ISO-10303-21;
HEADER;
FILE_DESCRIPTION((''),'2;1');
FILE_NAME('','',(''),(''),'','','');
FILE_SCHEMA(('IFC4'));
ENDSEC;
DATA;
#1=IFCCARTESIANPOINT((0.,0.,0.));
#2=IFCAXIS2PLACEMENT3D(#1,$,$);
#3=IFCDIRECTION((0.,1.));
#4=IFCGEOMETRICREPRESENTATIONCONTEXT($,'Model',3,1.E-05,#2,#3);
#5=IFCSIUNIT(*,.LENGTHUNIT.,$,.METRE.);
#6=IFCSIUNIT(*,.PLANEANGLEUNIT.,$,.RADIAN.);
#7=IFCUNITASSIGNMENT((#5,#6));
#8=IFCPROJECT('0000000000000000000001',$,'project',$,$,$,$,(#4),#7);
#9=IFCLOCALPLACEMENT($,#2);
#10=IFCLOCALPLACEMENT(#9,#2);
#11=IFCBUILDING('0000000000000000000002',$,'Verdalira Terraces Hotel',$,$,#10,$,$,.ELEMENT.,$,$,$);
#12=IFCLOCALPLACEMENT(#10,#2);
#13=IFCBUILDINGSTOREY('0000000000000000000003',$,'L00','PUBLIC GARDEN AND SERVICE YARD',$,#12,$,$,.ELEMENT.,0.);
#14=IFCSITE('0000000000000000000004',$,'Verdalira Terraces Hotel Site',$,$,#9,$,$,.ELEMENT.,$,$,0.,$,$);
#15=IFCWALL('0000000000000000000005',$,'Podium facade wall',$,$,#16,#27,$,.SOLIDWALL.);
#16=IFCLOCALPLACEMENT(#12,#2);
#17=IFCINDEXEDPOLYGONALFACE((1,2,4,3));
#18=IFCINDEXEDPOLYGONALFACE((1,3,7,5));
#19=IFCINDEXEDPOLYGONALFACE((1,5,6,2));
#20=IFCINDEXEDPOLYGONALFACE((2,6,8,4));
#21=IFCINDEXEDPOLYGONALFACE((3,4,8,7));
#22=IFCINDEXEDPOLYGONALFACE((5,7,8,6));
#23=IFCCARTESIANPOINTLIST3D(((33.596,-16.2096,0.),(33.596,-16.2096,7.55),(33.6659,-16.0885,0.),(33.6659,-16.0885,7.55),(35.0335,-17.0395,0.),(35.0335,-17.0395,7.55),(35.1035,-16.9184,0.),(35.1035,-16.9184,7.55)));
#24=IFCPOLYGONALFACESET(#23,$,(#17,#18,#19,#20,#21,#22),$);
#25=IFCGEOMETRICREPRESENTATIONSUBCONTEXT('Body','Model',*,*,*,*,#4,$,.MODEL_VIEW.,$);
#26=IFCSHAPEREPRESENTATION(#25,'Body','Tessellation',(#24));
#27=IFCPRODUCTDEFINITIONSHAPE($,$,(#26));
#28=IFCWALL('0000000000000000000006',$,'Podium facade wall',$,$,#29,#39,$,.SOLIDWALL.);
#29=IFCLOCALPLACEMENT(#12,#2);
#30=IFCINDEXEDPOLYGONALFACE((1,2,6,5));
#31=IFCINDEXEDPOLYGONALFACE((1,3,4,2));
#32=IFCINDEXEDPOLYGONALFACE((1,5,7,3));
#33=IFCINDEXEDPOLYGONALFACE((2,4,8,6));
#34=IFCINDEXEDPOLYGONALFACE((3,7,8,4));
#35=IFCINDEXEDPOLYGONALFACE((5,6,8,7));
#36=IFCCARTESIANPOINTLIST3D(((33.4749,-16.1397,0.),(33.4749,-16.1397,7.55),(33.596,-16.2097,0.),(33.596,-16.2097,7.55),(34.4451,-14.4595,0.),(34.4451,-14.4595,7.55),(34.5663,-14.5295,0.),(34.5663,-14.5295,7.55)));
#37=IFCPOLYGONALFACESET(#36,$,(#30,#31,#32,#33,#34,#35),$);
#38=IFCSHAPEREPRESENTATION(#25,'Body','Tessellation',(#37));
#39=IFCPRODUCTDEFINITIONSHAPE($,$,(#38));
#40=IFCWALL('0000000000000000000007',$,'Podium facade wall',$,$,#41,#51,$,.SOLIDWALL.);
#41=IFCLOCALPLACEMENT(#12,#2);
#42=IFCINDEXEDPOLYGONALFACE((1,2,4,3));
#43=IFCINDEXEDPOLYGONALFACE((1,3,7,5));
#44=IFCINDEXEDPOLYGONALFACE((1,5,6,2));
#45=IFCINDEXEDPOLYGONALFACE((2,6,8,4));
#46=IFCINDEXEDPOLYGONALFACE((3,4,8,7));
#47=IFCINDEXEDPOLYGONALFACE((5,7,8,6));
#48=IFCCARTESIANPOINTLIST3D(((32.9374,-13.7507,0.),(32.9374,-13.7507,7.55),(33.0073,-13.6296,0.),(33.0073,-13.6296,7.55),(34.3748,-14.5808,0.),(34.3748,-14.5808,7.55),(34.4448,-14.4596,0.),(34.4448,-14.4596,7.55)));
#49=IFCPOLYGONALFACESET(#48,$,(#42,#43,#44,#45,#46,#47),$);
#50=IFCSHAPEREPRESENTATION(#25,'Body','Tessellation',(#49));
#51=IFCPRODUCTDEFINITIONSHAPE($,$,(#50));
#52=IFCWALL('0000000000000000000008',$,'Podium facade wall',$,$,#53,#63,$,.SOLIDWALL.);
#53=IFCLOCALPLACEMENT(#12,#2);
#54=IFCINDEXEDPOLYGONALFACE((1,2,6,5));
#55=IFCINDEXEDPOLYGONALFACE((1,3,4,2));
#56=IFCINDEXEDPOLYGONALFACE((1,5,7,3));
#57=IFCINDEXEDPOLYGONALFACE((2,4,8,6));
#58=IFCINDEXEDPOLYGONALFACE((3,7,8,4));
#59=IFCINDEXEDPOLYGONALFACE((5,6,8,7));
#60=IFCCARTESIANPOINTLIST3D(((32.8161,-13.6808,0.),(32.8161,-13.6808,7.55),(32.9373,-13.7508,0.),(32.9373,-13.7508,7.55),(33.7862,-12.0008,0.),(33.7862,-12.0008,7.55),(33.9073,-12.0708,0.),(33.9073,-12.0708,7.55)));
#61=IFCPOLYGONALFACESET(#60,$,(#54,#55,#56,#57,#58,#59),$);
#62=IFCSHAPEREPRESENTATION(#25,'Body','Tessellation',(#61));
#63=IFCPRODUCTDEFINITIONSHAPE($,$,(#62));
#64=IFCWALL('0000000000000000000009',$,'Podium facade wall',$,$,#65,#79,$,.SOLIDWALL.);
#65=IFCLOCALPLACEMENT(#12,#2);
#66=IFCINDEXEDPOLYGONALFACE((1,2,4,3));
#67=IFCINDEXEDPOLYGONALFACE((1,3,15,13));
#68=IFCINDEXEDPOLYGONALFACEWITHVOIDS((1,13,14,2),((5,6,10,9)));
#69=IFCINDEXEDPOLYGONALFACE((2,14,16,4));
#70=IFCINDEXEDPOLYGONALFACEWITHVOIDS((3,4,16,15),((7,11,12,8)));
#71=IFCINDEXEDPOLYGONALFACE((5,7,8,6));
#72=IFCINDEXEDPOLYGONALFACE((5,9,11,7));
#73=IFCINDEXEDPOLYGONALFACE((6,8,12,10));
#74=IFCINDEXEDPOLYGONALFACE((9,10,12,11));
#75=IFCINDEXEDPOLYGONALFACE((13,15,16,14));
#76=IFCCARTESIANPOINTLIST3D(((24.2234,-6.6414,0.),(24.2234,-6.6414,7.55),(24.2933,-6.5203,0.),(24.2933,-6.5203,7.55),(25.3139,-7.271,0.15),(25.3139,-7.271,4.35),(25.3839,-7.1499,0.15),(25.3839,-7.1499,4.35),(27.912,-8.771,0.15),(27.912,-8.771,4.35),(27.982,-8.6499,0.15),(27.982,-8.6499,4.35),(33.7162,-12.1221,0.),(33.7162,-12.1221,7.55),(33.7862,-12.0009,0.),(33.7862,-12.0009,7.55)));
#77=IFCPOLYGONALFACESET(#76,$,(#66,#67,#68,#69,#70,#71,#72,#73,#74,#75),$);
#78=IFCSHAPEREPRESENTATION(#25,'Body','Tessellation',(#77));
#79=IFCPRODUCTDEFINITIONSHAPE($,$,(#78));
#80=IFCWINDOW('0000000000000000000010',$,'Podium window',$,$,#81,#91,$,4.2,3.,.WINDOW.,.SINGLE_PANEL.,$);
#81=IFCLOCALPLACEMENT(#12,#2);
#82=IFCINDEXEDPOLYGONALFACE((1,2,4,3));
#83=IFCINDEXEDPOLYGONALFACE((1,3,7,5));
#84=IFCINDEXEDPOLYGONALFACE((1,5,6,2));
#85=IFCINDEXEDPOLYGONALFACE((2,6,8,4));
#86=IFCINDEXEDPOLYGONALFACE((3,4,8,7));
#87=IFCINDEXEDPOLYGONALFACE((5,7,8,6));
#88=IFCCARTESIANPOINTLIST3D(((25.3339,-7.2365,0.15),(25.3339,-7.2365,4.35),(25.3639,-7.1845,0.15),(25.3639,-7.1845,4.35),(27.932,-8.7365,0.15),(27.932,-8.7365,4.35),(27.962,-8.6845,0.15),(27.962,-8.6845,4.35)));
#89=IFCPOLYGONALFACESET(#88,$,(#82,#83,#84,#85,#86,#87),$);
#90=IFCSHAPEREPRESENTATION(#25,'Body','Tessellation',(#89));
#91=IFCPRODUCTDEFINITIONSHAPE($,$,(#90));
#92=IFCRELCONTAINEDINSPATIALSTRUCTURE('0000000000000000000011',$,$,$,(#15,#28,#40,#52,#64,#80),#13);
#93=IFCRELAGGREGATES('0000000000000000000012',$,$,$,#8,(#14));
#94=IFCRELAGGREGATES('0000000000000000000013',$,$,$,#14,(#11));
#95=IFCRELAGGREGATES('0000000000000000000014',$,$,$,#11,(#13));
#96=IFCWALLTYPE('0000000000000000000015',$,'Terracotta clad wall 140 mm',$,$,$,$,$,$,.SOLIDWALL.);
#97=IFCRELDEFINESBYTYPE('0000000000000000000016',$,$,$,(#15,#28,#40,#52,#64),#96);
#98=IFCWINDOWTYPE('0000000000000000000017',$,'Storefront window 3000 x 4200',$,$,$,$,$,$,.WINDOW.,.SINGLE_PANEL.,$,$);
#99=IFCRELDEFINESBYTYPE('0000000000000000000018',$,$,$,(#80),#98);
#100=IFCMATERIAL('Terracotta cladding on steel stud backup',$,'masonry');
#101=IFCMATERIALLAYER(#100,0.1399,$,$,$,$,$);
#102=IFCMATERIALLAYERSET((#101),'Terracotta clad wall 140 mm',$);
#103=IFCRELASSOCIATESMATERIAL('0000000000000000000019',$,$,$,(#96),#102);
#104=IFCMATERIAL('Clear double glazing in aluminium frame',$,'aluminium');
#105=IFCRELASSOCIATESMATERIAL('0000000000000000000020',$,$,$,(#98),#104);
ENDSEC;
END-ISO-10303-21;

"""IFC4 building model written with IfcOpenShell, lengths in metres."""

from ifc_helpers import new_model, si_unit, direction, frame, frame_2d, origin, place, context, subcontext, project, spatial, rectangle, extrude, material, layer, layer_set, type_object, element, fill, save


model = new_model("IFC4")

# Units and contexts
model_context = context("Model", 3, precision=1e-05, world=origin(), true_north=direction((0.0, 1.0)))
body_context = subcontext(model_context, "Body", "Model", "MODEL_VIEW")
ifc_project = project(units=[si_unit("LENGTHUNIT", "METRE"), si_unit("PLANEANGLEUNIT", "RADIAN")], contexts=[model_context])

# Site, building, storey
site_placement = place(None, origin())
site = spatial("IfcSite", under=ifc_project, at=site_placement, Name="Verdalira Terraces Hotel Site", CompositionType="ELEMENT", RefElevation=0.0)
building_placement = place(site_placement, origin())
building = spatial("IfcBuilding", under=site, at=building_placement, Name="Verdalira Terraces Hotel", CompositionType="ELEMENT")
storey_placement = place(building_placement, origin())
storey = spatial("IfcBuildingStorey", under=building, at=storey_placement, Name="L00", Description="PUBLIC GARDEN AND SERVICE YARD", CompositionType="ELEMENT", Elevation=0.0)

# Shared definitions
ifc_material_1 = material(Name="Terracotta cladding on steel stud backup", Category="masonry")
ifc_layer_1 = layer(ifc_material_1, 0.1399)
ifc_layer_set_1 = layer_set([ifc_layer_1], Name="Terracotta clad wall 140 mm")
wall_type_1 = type_object("IfcWallType", Name="Terracotta clad wall 140 mm", PredefinedType="SOLIDWALL", material=ifc_layer_set_1)

# Walls
wall_1_placement = place(storey_placement, frame((35.0686, -16.979, 0.0), z_axis=(0.0, 0.0, 1.0), x_axis=(-0.866053, 0.499952, 0.0)))
element("IfcWall", 1, at=wall_1_placement, inside=storey, type_object=wall_type_1, Name="Podium facade wall", PredefinedType="SOLIDWALL", context=body_context, shape_type="SweptSolid", body=[
    extrude(rectangle(XDim=1.6599, YDim=0.1399, at=frame_2d((0.8301, 0.0))), origin(), (0.0, 0.0, 1.0), 7.55),
])
wall_2_placement = place(storey_placement, frame((33.5354, -16.1748, 0.0), z_axis=(0.0, 0.0, 1.0), x_axis=(0.500064, 0.865989, 0.0)))
element("IfcWall", 2, at=wall_2_placement, inside=storey, type_object=wall_type_1, Name="Podium facade wall", PredefinedType="SOLIDWALL", context=body_context, shape_type="SweptSolid", body=[
    extrude(rectangle(XDim=1.9402, YDim=0.1399, at=frame_2d((0.9702, 0.0))), origin(), (0.0, 0.0, 1.0), 7.55),
])
wall_3_placement = place(storey_placement, frame((34.4099, -14.5203, 0.0), z_axis=(0.0, 0.0, 1.0), x_axis=(-0.86599, 0.500062, 0.0)))
element("IfcWall", 3, at=wall_3_placement, inside=storey, type_object=wall_type_1, Name="Podium facade wall", PredefinedType="SOLIDWALL", context=body_context, shape_type="SweptSolid", body=[
    extrude(rectangle(XDim=1.6599, YDim=0.1399, at=frame_2d((0.8301, 0.0))), origin(), (0.0, 0.0, 1.0), 7.55),
])
wall_4_placement = place(storey_placement, frame((32.8767, -13.7158, 0.0), z_axis=(0.0, 0.0, 1.0), x_axis=(0.500024, 0.866012, 0.0)))
element("IfcWall", 4, at=wall_4_placement, inside=storey, type_object=wall_type_1, Name="Podium facade wall", PredefinedType="SOLIDWALL", context=body_context, shape_type="SweptSolid", body=[
    extrude(rectangle(XDim=1.9399, YDim=0.1399, at=frame_2d((0.97, 0.0))), origin(), (0.0, 0.0, 1.0), 7.55),
])

# Wall, opening, window
wall_5_placement = place(storey_placement, frame((33.7512, -12.0615, 0.0), z_axis=(0.0, 0.0, 1.0), x_axis=(-0.866026, 0.499998, 0.0)))
wall_5 = element("IfcWall", 5, at=wall_5_placement, inside=storey, type_object=wall_type_1, Name="Podium facade wall", PredefinedType="SOLIDWALL", context=body_context, shape_type="SweptSolid", body=[
    extrude(rectangle(XDim=10.9614, YDim=0.1399, at=frame_2d((5.4807, 0.0))), origin(), (0.0, 0.0, 1.0), 7.55),
])
opening_1_placement = place(wall_5_placement, frame((6.7021, 0.0, 0.1499)))
opening_1 = element("IfcOpeningElement", 6, at=opening_1_placement, cuts=wall_5, PredefinedType="OPENING", context=body_context, shape_type="SweptSolid", body=[
    extrude(rectangle(XDim=3.0, YDim=4.2, at=frame_2d((1.5, 2.1001))), frame((0.0, 0.0798, 0.0), z_axis=(0.0, -1.0, 0.0), x_axis=(1.0, 0.0, 0.0)), (0.0, 0.0, 1.0), 0.1599),
])
ifc_material_2 = material(Name="Clear double glazing in aluminium frame", Category="aluminium")
window_type = type_object("IfcWindowType", Name="Storefront window 3000 x 4200", PartitioningType="SINGLE_PANEL", PredefinedType="WINDOW", material=ifc_material_2)
window_placement = place(opening_1_placement, origin())
window = element("IfcWindow", 7, at=window_placement, inside=storey, type_object=window_type, Name="Podium window", OverallHeight=4.2, OverallWidth=3.0, PartitioningType="SINGLE_PANEL", PredefinedType="WINDOW", context=body_context, shape_type="SweptSolid", body=[
    extrude(rectangle(XDim=3.0, YDim=4.2, at=frame_2d((1.5, 2.1001))), frame((0.0, 0.03, 0.0), z_axis=(0.0, -1.0, 0.0), x_axis=(1.0, 0.0, 0.0)), (0.0, 0.0, 1.0), 0.0601),
])
fill(opening_1, window)

save(model, "model.ifc")
